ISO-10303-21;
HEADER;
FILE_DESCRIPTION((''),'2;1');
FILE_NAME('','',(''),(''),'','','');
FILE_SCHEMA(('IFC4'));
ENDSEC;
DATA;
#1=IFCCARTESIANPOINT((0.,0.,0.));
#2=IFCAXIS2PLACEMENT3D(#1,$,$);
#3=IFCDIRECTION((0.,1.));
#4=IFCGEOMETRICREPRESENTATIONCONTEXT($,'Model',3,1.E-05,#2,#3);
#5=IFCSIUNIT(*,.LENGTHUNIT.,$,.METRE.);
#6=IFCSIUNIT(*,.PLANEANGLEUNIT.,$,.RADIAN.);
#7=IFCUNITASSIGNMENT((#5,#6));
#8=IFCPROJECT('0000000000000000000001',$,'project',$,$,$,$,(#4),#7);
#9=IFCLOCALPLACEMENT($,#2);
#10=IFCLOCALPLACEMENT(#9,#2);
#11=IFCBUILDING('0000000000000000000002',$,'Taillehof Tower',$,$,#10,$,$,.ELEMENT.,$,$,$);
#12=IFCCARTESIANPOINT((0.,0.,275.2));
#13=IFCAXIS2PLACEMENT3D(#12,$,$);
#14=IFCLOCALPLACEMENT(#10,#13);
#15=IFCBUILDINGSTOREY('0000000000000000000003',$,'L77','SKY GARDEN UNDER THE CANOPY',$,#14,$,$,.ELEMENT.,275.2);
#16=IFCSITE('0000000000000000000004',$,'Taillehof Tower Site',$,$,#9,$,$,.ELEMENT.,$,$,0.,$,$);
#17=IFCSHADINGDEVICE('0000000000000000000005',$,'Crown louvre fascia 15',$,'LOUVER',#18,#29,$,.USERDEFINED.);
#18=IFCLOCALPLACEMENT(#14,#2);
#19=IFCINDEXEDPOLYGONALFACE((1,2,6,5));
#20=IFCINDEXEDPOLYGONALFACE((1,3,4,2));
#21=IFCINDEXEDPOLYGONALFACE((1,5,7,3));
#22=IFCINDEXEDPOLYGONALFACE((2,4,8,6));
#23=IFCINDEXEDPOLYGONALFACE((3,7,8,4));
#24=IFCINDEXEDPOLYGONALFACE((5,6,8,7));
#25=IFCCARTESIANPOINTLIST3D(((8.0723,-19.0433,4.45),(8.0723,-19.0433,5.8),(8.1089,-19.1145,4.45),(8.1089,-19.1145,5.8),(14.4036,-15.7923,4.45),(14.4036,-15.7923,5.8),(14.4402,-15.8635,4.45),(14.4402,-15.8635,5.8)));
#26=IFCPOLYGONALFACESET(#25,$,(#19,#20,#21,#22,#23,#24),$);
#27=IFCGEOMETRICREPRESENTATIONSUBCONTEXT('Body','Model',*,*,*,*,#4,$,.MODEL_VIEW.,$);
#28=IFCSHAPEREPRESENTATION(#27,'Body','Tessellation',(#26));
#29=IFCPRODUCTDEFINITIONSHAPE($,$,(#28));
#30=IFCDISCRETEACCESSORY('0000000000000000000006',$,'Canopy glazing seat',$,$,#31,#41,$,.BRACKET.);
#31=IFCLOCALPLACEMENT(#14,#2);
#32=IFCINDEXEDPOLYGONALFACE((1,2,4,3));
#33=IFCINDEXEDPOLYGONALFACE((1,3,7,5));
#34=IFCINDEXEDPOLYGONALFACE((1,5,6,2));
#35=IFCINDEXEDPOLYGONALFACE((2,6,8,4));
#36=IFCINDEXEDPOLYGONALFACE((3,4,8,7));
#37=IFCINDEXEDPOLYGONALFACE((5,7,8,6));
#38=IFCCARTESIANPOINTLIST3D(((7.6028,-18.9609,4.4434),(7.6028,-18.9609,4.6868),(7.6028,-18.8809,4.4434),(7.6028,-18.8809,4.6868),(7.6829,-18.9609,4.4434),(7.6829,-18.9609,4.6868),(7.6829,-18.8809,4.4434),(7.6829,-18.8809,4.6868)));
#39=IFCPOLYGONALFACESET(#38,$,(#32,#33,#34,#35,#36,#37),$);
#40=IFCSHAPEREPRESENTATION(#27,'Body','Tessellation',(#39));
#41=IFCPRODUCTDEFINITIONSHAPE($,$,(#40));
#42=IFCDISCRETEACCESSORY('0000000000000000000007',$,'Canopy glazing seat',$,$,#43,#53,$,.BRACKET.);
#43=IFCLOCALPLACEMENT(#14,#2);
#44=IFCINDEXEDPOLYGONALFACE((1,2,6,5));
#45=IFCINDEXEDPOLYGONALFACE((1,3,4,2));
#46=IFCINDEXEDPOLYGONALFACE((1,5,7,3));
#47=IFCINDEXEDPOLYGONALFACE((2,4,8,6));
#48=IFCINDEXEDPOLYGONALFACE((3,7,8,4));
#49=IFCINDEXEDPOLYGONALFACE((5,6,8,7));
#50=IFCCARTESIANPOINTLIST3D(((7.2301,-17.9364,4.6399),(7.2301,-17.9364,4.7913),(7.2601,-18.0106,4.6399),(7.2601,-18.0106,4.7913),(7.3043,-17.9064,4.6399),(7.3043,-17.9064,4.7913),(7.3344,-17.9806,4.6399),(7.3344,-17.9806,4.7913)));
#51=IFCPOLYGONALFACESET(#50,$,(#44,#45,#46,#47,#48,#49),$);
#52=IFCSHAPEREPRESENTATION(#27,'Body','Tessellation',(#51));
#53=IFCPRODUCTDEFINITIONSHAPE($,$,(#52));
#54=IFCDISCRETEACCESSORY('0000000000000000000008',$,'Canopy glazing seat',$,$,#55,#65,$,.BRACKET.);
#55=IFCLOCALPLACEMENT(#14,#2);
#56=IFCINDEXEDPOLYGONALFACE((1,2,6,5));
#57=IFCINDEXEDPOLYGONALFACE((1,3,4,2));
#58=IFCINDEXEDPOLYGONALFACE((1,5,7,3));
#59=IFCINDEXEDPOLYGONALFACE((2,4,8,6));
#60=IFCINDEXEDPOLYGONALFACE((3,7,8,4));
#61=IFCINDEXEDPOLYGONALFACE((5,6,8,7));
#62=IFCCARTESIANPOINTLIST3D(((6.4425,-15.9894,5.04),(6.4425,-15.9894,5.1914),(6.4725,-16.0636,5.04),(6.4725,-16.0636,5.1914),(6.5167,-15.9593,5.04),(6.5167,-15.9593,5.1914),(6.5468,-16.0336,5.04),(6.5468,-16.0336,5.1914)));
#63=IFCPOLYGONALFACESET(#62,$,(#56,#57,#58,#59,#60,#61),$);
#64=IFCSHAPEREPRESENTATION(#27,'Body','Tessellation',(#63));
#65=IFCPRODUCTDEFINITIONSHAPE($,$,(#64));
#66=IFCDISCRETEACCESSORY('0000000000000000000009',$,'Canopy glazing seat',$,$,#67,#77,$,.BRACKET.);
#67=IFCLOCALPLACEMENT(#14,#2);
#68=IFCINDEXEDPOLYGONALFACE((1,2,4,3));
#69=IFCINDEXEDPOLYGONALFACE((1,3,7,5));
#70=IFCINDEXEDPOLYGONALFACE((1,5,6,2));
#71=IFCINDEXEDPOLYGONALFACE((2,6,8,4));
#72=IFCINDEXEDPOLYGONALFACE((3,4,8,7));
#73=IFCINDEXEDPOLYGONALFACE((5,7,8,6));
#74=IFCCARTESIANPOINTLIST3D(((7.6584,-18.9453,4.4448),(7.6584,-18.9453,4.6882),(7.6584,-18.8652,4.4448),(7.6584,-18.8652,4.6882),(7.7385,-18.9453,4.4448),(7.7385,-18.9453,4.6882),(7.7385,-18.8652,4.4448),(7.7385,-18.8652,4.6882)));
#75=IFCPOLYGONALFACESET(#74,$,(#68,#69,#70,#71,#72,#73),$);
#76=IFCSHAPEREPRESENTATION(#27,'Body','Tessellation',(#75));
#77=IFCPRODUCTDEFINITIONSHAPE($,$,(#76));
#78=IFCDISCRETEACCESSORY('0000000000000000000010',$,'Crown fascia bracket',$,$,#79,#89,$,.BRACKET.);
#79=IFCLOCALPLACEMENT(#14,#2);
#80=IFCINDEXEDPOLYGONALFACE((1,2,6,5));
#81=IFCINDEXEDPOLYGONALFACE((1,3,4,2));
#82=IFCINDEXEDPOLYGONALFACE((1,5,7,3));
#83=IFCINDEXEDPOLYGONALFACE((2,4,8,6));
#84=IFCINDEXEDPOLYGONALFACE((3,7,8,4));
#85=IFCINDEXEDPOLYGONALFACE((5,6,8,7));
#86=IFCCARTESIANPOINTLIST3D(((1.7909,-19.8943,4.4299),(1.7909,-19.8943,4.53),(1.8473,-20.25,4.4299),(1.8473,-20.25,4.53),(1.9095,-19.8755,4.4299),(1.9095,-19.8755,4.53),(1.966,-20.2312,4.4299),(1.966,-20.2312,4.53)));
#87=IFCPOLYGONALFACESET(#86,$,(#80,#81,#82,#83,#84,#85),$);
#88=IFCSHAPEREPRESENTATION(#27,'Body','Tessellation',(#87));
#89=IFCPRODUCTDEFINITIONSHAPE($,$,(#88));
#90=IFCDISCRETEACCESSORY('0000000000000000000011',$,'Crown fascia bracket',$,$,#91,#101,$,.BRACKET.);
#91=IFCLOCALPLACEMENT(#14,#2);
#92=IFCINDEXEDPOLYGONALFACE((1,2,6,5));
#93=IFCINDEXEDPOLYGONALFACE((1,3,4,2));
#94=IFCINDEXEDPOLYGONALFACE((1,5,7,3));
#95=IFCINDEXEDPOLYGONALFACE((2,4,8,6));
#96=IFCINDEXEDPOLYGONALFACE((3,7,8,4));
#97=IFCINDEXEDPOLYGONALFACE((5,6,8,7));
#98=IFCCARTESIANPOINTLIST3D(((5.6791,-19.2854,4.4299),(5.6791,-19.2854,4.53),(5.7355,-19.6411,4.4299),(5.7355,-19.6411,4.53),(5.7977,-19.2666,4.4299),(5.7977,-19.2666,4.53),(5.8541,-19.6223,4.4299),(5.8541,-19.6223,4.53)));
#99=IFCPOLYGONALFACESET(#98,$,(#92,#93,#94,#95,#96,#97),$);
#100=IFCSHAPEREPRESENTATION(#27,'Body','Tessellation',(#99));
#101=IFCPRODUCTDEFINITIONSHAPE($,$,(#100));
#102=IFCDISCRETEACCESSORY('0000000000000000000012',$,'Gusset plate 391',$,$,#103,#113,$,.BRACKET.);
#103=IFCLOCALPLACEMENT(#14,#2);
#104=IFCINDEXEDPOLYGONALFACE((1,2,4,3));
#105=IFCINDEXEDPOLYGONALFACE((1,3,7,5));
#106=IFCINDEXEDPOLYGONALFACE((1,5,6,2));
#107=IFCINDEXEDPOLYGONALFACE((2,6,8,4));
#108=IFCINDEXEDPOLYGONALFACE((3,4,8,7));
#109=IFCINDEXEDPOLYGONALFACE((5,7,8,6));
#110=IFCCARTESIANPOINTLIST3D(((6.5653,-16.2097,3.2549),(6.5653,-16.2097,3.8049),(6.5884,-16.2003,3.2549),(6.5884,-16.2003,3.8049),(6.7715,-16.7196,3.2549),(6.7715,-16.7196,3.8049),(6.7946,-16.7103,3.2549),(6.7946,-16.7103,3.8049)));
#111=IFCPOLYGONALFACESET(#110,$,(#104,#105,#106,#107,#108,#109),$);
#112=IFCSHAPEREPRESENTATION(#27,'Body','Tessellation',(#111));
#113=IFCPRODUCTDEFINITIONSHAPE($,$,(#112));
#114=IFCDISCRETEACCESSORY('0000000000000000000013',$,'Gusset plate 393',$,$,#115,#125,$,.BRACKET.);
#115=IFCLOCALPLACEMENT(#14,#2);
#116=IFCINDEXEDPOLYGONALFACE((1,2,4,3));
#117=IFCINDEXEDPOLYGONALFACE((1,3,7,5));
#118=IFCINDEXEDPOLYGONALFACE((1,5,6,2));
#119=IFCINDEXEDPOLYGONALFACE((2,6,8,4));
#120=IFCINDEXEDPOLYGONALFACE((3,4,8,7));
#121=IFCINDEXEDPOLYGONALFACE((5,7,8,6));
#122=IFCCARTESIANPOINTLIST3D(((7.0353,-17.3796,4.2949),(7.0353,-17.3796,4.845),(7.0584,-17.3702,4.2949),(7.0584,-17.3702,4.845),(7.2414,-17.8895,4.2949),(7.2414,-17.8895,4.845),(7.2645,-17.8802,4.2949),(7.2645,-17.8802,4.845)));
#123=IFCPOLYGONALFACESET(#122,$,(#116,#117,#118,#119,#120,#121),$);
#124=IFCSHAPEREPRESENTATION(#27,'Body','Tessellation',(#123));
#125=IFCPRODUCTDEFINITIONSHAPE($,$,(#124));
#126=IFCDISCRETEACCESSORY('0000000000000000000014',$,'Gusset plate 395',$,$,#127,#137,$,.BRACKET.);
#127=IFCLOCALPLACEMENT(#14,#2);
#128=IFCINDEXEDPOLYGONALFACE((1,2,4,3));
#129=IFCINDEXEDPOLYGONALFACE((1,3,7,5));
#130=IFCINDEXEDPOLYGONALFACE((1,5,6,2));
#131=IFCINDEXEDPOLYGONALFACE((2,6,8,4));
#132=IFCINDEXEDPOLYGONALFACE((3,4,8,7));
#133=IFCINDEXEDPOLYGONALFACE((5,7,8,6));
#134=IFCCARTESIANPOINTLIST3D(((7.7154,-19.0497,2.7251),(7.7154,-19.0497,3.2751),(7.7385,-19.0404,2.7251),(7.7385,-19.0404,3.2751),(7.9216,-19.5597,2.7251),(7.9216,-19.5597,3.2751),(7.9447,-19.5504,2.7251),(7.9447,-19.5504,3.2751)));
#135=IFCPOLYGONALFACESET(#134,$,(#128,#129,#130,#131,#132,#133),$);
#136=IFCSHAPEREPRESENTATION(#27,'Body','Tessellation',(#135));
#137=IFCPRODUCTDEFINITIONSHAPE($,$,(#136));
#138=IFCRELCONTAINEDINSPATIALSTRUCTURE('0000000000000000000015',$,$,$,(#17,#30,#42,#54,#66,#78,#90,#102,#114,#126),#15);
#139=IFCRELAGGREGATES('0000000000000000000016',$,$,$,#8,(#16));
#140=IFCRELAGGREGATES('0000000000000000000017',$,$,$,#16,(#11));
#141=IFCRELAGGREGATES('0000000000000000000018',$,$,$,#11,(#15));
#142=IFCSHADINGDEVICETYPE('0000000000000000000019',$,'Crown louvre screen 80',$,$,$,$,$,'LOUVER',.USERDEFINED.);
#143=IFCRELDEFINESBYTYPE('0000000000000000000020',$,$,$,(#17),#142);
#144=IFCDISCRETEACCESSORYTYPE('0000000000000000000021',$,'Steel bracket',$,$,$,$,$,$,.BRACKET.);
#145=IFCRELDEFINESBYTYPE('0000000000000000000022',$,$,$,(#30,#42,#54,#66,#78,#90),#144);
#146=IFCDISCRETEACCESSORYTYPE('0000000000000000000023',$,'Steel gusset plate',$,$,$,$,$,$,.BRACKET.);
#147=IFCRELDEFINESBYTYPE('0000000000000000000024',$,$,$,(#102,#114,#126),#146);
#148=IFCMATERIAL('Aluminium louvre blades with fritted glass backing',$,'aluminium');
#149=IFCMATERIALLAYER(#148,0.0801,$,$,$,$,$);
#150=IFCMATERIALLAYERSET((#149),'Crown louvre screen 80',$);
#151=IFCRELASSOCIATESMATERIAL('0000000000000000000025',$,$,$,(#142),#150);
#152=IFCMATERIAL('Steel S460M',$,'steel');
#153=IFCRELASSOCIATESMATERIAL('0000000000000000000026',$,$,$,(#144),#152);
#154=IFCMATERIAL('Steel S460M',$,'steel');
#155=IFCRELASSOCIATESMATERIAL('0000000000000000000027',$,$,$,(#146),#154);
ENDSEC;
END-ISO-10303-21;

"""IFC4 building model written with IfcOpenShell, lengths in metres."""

from ifc_helpers import new_model, si_unit, direction, frame, origin, origin_2d, place, context, subcontext, project, spatial, polyline, rectangle, outline, extrude, material, layer, layer_set, type_object, element, save


model = new_model("IFC4")

# Units and contexts
model_context = context("Model", 3, precision=1e-05, world=origin(), true_north=direction((0.0, 1.0)))
body_context = subcontext(model_context, "Body", "Model", "MODEL_VIEW")
ifc_project = project(units=[si_unit("LENGTHUNIT", "METRE"), si_unit("PLANEANGLEUNIT", "RADIAN")], contexts=[model_context])

# Site, building, storey
site_placement = place(None, origin())
site = spatial("IfcSite", under=ifc_project, at=site_placement, Name="Taillehof Tower Site", CompositionType="ELEMENT", RefElevation=0.0)
building_placement = place(site_placement, origin())
building = spatial("IfcBuilding", under=site, at=building_placement, Name="Taillehof Tower", CompositionType="ELEMENT")
storey_placement = place(building_placement, frame((0.0, 0.0, 275.2)))
storey = spatial("IfcBuildingStorey", under=building, at=storey_placement, Name="L77", Description="SKY GARDEN UNDER THE CANOPY", CompositionType="ELEMENT", Elevation=275.2)

# Shading device
ifc_material_1 = material(Name="Aluminium louvre blades with fritted glass backing", Category="aluminium")
ifc_layer_1 = layer(ifc_material_1, 0.0801)
ifc_layer_set_1 = layer_set([ifc_layer_1], Name="Crown louvre screen 80")
shading_device_type = type_object("IfcShadingDeviceType", Name="Crown louvre screen 80", ElementType="LOUVER", PredefinedType="USERDEFINED", material=ifc_layer_set_1)
shading_device_1_placement = place(storey_placement, frame((8.1089, -19.1145, 4.45), z_axis=(0.456779, -0.88958, 0.0), x_axis=(0.88958, 0.456779, 0.0)))
element("IfcShadingDevice", 1, at=shading_device_1_placement, inside=storey, type_object=shading_device_type, Name="Crown louvre fascia 15", ObjectType="LOUVER", PredefinedType="USERDEFINED", context=body_context, shape_type="SweptSolid", body=[
    extrude(outline(polyline([(0.0, 0.0), (7.1172, 0.0), (7.1172, 1.3501), (0.0, 1.3501), (0.0, 0.0)])), origin(), (0.0, 0.0, -1.0), 0.0801),
])

# Discrete accessories
ifc_material_2 = material(Name="Steel S460M", Category="steel")
discrete_accessory_type_1 = type_object("IfcDiscreteAccessoryType", Name="Steel bracket", PredefinedType="BRACKET", material=ifc_material_2)
discrete_accessory_1_placement = place(storey_placement, frame((7.6428, -18.9209, 4.4434), z_axis=(0.0, 0.0, 1.0), x_axis=(1.0, 0.0, 0.0)))
element("IfcDiscreteAccessory", 2, at=discrete_accessory_1_placement, inside=storey, type_object=discrete_accessory_type_1, Name="Canopy glazing seat", PredefinedType="BRACKET", context=body_context, shape_type="SweptSolid", body=[
    extrude(rectangle(XDim=0.0801, YDim=0.0801, at=origin_2d()), origin(), (0.0, 0.0, 1.0), 0.2434),
])
for number, where, z_axis, x_axis, name in (
    (3, (7.2822, -17.9585, 4.6399), (0.0, 0.0, 1.0), (-0.374959, 0.927041, 0.0), "Canopy glazing seat"),
    (4, (6.4946, -16.0115, 5.04), (0.0, 0.0, 1.0), (-0.374959, 0.927041, 0.0), "Canopy glazing seat"),
):
    element("IfcDiscreteAccessory", number, at=place(storey_placement, frame(where, z_axis=z_axis, x_axis=x_axis)), inside=storey, type_object=discrete_accessory_type_1, Name=name, PredefinedType="BRACKET", context=body_context, shape_type="SweptSolid", body=[
        extrude(rectangle(XDim=0.0801, YDim=0.0801, at=origin_2d()), origin(), (0.0, 0.0, 1.0), 0.1514),
    ])
discrete_accessory_2_placement = place(storey_placement, frame((7.6985, -18.9053, 4.4448), z_axis=(0.0, 0.0, 1.0), x_axis=(1.0, 0.0, 0.0)))
element("IfcDiscreteAccessory", 5, at=discrete_accessory_2_placement, inside=storey, type_object=discrete_accessory_type_1, Name="Canopy glazing seat", PredefinedType="BRACKET", context=body_context, shape_type="SweptSolid", body=[
    extrude(rectangle(XDim=0.0801, YDim=0.0801, at=origin_2d()), origin(), (0.0, 0.0, 1.0), 0.2434),
])
for number, where, z_axis, x_axis, name in (
    (6, (1.8784, -20.0627, 4.4299), (0.0, 0.0, 1.0), (0.156802, -0.98763, 0.0), "Crown fascia bracket"),
    (7, (5.7666, -19.4539, 4.4299), (0.0, 0.0, 1.0), (0.156802, -0.98763, 0.0), "Crown fascia bracket"),
):
    element("IfcDiscreteAccessory", number, at=place(storey_placement, frame(where, z_axis=z_axis, x_axis=x_axis)), inside=storey, type_object=discrete_accessory_type_1, Name=name, PredefinedType="BRACKET", context=body_context, shape_type="SweptSolid", body=[
        extrude(rectangle(XDim=0.3601, YDim=0.1201, at=origin_2d()), origin(), (0.0, 0.0, 1.0), 0.1001),
    ])
ifc_material_3 = material(Name="Steel S460M", Category="steel")
discrete_accessory_type_2 = type_object("IfcDiscreteAccessoryType", Name="Steel gusset plate", PredefinedType="BRACKET", material=ifc_material_3)
for number, where, z_axis, x_axis, name in (
    (8, (6.6799, -16.46, 3.2549), (0.0, 0.0, 1.0), (-0.374836, 0.927091, 0.0), "Gusset plate 391"),
    (9, (7.1499, -17.6299, 4.2949), (0.0, 0.0, 1.0), (-0.37484, 0.92709, 0.0), "Gusset plate 393"),
    (10, (7.8301, -19.3, 2.7251), (0.0, 0.0, 1.0), (-0.37484, 0.92709, 0.0), "Gusset plate 395"),
):
    element("IfcDiscreteAccessory", number, at=place(storey_placement, frame(where, z_axis=z_axis, x_axis=x_axis)), inside=storey, type_object=discrete_accessory_type_2, Name=name, PredefinedType="BRACKET", context=body_context, shape_type="SweptSolid", body=[
        extrude(rectangle(XDim=0.55, YDim=0.0249, at=origin_2d()), origin(), (0.0, 0.0, 1.0), 0.55),
    ])

save(model, "model.ifc")
